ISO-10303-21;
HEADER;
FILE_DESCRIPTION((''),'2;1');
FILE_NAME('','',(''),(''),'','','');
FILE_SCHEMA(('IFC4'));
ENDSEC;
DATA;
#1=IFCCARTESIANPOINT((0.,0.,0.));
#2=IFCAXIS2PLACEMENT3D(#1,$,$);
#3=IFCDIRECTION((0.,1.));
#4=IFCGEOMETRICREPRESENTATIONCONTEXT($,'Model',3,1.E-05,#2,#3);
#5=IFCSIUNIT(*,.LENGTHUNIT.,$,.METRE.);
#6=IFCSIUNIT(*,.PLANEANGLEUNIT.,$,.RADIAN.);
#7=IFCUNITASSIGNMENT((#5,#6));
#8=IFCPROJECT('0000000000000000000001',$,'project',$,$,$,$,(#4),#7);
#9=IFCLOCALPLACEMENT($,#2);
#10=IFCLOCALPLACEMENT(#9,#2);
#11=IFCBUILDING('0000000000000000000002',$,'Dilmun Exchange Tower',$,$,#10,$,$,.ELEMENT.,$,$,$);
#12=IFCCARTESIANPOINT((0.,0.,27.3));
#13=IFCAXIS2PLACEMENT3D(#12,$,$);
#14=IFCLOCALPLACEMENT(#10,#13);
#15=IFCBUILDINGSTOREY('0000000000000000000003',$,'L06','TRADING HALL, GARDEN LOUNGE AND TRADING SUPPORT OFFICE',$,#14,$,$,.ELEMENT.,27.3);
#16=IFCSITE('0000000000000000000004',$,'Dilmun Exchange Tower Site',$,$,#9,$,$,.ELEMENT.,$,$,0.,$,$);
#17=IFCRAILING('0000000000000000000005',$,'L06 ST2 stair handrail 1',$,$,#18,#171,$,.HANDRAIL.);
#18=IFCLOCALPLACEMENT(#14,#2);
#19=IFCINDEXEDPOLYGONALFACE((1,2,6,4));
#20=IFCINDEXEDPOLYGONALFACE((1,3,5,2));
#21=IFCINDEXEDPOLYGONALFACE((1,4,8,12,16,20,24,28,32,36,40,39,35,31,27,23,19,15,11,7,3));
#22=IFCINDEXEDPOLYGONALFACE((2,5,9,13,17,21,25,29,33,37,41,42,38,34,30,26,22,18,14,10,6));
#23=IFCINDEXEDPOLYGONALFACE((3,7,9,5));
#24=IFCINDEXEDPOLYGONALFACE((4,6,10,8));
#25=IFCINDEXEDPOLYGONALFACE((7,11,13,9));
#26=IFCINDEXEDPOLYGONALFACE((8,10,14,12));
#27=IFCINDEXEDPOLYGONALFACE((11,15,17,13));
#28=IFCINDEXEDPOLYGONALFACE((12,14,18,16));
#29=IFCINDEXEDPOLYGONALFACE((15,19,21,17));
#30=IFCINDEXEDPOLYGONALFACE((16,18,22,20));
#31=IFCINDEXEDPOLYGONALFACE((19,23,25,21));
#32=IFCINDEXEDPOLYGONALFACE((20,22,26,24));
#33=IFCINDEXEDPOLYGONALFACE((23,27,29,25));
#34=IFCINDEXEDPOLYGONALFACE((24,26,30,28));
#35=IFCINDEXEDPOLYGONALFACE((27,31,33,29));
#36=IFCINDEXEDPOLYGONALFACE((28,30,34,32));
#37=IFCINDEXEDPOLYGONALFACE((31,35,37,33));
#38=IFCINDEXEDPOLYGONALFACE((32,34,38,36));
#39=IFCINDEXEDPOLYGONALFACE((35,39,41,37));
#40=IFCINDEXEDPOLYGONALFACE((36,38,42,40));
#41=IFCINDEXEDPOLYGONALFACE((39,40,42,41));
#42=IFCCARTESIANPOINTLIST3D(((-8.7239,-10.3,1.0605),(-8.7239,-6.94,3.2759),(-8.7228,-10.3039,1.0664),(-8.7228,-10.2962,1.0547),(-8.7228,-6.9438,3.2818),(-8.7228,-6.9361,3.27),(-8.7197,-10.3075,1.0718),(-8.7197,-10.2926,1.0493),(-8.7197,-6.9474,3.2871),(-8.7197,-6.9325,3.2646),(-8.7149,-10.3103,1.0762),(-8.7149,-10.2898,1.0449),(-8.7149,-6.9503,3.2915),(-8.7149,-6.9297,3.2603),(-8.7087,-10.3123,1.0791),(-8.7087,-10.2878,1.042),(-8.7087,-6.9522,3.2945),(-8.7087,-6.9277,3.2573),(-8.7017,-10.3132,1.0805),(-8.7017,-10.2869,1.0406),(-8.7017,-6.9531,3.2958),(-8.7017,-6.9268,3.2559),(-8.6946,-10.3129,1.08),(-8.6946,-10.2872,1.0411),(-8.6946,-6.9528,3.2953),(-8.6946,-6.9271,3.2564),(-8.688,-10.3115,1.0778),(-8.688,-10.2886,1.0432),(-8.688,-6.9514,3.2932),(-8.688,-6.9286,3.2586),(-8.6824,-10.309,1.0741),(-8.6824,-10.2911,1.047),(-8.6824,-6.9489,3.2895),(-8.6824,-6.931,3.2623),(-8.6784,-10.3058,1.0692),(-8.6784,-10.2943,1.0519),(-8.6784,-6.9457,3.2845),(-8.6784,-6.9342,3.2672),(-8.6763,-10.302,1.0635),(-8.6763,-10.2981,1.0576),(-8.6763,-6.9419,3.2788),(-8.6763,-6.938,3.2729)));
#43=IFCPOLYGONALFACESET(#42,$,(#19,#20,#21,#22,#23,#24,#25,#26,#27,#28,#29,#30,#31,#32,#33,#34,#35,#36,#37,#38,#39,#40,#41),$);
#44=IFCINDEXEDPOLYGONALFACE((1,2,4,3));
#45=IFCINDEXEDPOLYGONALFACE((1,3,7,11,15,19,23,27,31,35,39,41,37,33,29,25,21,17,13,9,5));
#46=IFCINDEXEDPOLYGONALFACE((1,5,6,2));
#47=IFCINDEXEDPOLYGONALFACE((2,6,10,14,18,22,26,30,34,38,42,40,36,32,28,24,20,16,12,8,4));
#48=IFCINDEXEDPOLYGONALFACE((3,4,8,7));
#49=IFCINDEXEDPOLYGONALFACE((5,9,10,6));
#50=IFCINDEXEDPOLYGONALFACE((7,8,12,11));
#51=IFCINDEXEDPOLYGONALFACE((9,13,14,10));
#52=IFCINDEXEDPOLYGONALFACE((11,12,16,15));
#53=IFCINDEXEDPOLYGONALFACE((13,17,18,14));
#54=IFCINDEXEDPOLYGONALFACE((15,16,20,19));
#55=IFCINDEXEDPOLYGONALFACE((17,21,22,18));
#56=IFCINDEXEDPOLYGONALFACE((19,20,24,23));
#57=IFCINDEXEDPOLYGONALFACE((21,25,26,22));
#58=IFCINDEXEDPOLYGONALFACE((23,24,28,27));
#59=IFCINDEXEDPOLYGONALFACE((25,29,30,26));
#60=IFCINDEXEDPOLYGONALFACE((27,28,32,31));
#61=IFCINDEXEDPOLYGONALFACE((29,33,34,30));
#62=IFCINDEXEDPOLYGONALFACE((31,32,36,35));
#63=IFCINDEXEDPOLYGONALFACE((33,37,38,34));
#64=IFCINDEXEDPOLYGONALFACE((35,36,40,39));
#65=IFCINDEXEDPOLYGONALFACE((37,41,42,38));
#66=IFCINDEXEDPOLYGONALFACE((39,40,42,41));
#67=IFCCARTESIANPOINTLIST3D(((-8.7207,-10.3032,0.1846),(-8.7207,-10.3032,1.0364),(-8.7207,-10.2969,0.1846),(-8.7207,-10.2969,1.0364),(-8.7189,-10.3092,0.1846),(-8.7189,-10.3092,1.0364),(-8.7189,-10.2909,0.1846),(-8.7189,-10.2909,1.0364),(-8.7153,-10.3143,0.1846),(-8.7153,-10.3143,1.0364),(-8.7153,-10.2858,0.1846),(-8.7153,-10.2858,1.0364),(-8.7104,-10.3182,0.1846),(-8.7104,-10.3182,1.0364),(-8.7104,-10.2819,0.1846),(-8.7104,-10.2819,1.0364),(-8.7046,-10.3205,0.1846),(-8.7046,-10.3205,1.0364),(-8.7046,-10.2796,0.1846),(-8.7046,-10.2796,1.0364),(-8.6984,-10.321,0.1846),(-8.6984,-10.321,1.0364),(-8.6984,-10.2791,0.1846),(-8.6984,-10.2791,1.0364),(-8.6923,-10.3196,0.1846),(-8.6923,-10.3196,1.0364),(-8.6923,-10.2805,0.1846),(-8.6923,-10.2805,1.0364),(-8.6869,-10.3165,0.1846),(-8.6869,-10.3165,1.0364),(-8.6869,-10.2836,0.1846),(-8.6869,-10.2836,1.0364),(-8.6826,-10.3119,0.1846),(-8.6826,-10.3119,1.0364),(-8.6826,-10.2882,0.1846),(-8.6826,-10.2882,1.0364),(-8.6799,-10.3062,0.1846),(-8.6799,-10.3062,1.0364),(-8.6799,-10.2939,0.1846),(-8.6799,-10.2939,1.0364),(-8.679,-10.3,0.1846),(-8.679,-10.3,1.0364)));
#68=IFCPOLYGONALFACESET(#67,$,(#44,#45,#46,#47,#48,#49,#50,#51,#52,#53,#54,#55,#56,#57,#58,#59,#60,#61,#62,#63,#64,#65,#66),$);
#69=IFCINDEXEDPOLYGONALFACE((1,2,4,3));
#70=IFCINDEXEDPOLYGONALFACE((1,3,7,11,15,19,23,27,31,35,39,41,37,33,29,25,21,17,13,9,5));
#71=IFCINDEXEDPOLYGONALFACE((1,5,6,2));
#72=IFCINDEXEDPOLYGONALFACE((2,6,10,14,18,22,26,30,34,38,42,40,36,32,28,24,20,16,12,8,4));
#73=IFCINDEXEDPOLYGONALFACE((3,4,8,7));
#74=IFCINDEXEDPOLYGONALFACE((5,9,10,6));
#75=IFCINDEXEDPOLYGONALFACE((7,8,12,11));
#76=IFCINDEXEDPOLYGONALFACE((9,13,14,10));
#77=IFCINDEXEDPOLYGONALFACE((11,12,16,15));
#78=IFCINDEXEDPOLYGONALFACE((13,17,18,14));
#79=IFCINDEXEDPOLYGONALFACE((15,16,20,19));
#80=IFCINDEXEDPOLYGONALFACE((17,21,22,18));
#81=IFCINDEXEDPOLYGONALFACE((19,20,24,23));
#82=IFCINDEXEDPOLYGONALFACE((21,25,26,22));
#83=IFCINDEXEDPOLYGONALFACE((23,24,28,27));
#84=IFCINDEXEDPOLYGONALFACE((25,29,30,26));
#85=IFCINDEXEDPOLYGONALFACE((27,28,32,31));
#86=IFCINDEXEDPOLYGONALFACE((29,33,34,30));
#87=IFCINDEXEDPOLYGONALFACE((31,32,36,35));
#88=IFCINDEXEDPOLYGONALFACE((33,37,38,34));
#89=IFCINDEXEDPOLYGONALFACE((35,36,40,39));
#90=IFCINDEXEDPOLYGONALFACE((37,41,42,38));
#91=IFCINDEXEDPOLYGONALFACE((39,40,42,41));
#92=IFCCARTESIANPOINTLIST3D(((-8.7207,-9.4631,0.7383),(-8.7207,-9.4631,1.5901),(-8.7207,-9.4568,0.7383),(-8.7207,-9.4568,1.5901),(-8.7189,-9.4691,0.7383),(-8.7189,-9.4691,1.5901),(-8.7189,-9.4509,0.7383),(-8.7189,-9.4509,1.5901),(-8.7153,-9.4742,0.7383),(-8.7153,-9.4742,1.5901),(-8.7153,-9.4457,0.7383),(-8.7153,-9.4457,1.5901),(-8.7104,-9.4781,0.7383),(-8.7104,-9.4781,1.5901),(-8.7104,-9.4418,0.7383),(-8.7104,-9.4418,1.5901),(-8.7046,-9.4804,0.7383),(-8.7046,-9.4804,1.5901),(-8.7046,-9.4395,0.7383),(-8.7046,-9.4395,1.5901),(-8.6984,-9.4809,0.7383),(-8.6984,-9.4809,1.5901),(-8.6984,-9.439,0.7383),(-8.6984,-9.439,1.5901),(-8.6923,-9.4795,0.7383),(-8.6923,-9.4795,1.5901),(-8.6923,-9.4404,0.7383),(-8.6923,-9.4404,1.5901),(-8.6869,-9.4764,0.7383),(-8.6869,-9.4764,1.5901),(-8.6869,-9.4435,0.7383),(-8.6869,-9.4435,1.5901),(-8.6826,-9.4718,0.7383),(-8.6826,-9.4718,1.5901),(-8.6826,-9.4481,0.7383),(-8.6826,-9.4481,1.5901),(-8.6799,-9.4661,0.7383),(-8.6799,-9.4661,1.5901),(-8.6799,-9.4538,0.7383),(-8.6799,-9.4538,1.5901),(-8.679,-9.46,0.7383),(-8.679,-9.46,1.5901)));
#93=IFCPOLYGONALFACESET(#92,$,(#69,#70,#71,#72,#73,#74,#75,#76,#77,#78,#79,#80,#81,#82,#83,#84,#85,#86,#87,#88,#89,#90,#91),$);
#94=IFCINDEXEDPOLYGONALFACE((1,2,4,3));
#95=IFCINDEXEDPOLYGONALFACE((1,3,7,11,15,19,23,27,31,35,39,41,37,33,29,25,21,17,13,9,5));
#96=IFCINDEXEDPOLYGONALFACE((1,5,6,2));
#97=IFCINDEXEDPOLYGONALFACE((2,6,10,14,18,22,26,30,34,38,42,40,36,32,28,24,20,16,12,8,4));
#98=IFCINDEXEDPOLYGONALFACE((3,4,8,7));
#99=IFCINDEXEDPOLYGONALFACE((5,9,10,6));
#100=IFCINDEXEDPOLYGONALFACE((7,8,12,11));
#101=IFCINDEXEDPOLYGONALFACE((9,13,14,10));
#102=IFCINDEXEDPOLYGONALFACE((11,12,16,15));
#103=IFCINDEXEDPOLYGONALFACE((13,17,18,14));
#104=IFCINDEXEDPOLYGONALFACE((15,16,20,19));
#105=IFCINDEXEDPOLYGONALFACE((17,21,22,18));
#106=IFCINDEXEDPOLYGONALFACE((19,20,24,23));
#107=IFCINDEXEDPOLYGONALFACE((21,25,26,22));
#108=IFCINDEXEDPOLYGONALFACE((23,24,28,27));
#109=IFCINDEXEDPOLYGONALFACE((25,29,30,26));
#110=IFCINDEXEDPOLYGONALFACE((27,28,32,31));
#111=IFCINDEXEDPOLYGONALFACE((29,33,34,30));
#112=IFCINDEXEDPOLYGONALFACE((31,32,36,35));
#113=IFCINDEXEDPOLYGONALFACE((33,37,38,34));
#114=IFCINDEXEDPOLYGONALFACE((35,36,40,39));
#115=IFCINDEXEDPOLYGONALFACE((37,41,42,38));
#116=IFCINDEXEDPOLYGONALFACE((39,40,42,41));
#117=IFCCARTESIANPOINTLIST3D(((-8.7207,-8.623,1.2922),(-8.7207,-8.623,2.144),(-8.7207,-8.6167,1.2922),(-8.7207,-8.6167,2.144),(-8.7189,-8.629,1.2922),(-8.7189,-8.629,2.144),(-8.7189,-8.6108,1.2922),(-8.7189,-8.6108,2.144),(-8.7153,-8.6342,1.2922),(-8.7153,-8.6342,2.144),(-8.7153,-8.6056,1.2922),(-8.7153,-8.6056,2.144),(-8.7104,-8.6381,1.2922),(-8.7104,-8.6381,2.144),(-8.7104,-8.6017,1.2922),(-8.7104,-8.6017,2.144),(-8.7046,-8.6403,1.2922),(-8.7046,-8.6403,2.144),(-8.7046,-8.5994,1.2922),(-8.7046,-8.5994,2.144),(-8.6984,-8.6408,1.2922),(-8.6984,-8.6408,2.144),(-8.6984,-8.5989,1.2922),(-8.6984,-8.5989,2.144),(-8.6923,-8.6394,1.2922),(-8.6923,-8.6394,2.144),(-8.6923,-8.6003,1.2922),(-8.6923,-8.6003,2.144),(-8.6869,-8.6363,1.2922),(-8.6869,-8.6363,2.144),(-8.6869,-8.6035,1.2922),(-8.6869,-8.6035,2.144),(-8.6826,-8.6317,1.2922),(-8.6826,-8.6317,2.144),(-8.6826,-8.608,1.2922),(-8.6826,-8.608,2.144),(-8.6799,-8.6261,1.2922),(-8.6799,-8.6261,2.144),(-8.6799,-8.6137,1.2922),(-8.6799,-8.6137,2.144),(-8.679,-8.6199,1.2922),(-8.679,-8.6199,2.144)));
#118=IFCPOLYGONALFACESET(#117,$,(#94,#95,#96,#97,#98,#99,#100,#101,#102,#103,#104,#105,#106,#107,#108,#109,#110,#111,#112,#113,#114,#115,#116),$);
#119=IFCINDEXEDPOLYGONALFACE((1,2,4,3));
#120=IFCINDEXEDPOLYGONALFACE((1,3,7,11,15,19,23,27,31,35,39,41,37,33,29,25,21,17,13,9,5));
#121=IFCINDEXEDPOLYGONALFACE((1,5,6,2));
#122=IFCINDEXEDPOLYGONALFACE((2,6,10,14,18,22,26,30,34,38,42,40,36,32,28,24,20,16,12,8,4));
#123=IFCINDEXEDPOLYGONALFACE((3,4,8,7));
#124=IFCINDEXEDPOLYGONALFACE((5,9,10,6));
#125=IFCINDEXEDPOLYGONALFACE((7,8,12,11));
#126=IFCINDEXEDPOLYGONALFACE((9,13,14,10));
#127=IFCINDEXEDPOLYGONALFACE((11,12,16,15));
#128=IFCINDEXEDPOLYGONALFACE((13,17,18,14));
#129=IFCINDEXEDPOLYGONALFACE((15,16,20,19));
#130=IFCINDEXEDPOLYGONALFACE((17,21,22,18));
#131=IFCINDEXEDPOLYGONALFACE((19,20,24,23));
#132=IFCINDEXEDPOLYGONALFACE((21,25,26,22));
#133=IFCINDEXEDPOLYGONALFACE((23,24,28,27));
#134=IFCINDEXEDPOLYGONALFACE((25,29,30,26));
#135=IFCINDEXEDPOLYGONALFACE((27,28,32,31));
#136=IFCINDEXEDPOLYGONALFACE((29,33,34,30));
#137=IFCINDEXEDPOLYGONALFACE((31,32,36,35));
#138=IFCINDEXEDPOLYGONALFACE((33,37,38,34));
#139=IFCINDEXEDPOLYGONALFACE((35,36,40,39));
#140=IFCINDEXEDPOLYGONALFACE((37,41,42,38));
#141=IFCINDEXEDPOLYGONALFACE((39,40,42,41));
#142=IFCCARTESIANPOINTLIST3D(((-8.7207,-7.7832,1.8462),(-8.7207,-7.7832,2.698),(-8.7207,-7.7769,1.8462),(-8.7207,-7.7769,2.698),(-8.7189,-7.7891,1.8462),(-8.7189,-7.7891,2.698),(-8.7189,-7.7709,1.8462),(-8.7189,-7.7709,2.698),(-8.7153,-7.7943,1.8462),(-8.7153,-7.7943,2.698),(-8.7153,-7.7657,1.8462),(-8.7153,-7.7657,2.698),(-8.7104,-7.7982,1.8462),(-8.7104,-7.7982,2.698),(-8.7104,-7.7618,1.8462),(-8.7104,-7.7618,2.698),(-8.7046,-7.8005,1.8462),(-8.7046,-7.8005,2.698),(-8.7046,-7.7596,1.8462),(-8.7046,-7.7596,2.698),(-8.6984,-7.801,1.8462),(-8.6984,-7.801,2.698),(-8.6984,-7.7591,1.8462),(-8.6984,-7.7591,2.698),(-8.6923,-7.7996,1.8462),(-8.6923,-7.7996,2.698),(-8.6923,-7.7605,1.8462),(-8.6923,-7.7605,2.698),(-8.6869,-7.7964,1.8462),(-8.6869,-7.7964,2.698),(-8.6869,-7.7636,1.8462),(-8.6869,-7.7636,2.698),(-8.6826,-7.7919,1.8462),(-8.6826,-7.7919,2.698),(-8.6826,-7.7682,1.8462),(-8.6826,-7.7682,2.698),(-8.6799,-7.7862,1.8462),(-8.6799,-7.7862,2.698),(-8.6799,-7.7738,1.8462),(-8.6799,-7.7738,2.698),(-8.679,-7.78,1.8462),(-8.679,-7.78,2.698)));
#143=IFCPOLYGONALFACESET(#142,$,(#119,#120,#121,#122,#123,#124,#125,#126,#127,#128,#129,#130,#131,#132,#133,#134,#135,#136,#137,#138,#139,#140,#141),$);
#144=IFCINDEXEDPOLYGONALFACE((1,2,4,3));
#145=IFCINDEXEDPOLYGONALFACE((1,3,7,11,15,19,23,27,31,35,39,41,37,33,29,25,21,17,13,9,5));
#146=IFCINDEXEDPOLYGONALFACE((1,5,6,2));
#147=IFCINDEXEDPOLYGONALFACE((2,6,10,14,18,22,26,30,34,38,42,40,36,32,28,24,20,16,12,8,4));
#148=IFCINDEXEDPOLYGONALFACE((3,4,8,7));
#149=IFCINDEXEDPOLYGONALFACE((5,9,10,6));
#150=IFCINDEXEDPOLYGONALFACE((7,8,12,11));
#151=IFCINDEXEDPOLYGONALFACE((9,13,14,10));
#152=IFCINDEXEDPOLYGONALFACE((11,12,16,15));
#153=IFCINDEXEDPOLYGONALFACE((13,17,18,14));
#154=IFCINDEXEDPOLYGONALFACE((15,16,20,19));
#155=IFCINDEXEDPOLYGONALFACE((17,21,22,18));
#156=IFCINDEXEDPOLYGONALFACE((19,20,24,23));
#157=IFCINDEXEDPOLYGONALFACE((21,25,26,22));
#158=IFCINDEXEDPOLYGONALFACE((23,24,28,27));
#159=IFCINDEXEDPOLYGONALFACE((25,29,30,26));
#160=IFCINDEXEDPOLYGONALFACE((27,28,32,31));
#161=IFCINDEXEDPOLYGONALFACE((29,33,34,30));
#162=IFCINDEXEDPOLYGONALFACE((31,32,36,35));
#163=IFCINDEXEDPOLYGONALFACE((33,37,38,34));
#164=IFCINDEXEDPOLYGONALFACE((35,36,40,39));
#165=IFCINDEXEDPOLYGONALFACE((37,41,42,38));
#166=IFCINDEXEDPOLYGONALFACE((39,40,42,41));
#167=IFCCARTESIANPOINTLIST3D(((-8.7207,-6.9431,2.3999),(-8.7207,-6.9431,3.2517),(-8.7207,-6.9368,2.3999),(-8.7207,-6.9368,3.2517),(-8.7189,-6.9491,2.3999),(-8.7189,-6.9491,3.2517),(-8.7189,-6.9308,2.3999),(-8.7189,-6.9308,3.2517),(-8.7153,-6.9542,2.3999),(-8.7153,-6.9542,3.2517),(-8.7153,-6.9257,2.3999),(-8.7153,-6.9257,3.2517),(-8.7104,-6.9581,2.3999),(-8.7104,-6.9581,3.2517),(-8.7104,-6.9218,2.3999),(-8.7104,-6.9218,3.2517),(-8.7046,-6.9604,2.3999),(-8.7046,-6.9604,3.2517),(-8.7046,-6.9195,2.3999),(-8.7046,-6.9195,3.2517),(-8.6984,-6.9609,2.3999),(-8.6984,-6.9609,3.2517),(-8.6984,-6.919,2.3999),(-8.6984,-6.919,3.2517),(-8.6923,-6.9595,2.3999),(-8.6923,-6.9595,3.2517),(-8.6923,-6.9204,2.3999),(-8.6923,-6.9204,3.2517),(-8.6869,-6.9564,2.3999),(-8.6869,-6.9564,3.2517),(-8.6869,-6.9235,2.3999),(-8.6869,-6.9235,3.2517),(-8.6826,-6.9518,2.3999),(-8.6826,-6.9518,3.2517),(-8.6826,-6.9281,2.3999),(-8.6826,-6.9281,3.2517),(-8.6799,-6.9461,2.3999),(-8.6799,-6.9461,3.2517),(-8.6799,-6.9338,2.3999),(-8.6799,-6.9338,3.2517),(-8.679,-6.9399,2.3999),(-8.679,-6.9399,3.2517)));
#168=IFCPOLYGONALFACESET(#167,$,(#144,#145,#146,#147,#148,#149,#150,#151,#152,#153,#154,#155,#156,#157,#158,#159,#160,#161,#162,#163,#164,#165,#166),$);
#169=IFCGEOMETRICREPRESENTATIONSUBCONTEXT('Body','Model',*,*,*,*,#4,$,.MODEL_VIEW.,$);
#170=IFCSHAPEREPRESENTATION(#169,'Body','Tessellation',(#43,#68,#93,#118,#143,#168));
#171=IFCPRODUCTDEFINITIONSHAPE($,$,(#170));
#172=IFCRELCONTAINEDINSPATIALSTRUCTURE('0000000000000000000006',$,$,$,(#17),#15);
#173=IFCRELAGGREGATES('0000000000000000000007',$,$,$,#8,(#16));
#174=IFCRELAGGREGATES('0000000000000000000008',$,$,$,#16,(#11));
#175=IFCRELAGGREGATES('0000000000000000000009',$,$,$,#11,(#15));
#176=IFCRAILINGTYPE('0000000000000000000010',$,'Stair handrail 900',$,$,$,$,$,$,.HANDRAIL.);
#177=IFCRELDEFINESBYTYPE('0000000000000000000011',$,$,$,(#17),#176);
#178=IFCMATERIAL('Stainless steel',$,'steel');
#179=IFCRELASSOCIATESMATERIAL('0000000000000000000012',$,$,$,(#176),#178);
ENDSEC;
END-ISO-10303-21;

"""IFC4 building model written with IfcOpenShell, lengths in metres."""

from ifc_helpers import new_model, si_unit, direction, frame, origin, origin_2d, place, context, subcontext, project, spatial, circle, extrude, material, type_object, element, save


model = new_model("IFC4")

# Units and contexts
model_context = context("Model", 3, precision=1e-05, world=origin(), true_north=direction((0.0, 1.0)))
body_context = subcontext(model_context, "Body", "Model", "MODEL_VIEW")
ifc_project = project(units=[si_unit("LENGTHUNIT", "METRE"), si_unit("PLANEANGLEUNIT", "RADIAN")], contexts=[model_context])

# Site, building, storey
site_placement = place(None, origin())
site = spatial("IfcSite", under=ifc_project, at=site_placement, Name="Dilmun Exchange Tower Site", CompositionType="ELEMENT", RefElevation=0.0)
building_placement = place(site_placement, origin())
building = spatial("IfcBuilding", under=site, at=building_placement, Name="Dilmun Exchange Tower", CompositionType="ELEMENT")
storey_placement = place(building_placement, frame((0.0, 0.0, 27.3)))
storey = spatial("IfcBuildingStorey", under=building, at=storey_placement, Name="L06", Description="TRADING HALL, GARDEN LOUNGE AND TRADING SUPPORT OFFICE", CompositionType="ELEMENT", Elevation=27.3)

# Railing
ifc_material_1 = material(Name="Stainless steel", Category="steel")
railing_type = type_object("IfcRailingType", Name="Stair handrail 900", PredefinedType="HANDRAIL", material=ifc_material_1)
railing_1_placement = place(storey_placement, frame((-8.7, -10.3, 0.1846)))
element("IfcRailing", 1, at=railing_1_placement, inside=storey, type_object=railing_type, Name="L06 ST2 stair handrail 1", PredefinedType="HANDRAIL", context=body_context, shape_type="SweptSolid", body=[
    extrude(circle(Radius=0.0239, at=origin_2d()), frame((0.0, 0.0, 0.876), z_axis=(0.0, 0.834876, 0.550437), x_axis=(-1.0, 0.0, 0.0)), (0.0, 0.0, 1.0), 4.0247),
    extrude(circle(Radius=0.021, at=origin_2d()), origin(), (0.0, 0.0, 1.0), 0.8518),
    extrude(circle(Radius=0.021, at=origin_2d()), frame((0.0, 0.8401, 0.5537)), (0.0, 0.0, 1.0), 0.8518),
    extrude(circle(Radius=0.021, at=origin_2d()), frame((0.0, 1.6802, 1.1077)), (0.0, 0.0, 1.0), 0.8518),
    extrude(circle(Radius=0.021, at=origin_2d()), frame((0.0, 2.52, 1.6616)), (0.0, 0.0, 1.0), 0.8518),
    extrude(circle(Radius=0.021, at=origin_2d()), frame((0.0, 3.3601, 2.2153)), (0.0, 0.0, 1.0), 0.8518),
])

save(model, "model.ifc")
